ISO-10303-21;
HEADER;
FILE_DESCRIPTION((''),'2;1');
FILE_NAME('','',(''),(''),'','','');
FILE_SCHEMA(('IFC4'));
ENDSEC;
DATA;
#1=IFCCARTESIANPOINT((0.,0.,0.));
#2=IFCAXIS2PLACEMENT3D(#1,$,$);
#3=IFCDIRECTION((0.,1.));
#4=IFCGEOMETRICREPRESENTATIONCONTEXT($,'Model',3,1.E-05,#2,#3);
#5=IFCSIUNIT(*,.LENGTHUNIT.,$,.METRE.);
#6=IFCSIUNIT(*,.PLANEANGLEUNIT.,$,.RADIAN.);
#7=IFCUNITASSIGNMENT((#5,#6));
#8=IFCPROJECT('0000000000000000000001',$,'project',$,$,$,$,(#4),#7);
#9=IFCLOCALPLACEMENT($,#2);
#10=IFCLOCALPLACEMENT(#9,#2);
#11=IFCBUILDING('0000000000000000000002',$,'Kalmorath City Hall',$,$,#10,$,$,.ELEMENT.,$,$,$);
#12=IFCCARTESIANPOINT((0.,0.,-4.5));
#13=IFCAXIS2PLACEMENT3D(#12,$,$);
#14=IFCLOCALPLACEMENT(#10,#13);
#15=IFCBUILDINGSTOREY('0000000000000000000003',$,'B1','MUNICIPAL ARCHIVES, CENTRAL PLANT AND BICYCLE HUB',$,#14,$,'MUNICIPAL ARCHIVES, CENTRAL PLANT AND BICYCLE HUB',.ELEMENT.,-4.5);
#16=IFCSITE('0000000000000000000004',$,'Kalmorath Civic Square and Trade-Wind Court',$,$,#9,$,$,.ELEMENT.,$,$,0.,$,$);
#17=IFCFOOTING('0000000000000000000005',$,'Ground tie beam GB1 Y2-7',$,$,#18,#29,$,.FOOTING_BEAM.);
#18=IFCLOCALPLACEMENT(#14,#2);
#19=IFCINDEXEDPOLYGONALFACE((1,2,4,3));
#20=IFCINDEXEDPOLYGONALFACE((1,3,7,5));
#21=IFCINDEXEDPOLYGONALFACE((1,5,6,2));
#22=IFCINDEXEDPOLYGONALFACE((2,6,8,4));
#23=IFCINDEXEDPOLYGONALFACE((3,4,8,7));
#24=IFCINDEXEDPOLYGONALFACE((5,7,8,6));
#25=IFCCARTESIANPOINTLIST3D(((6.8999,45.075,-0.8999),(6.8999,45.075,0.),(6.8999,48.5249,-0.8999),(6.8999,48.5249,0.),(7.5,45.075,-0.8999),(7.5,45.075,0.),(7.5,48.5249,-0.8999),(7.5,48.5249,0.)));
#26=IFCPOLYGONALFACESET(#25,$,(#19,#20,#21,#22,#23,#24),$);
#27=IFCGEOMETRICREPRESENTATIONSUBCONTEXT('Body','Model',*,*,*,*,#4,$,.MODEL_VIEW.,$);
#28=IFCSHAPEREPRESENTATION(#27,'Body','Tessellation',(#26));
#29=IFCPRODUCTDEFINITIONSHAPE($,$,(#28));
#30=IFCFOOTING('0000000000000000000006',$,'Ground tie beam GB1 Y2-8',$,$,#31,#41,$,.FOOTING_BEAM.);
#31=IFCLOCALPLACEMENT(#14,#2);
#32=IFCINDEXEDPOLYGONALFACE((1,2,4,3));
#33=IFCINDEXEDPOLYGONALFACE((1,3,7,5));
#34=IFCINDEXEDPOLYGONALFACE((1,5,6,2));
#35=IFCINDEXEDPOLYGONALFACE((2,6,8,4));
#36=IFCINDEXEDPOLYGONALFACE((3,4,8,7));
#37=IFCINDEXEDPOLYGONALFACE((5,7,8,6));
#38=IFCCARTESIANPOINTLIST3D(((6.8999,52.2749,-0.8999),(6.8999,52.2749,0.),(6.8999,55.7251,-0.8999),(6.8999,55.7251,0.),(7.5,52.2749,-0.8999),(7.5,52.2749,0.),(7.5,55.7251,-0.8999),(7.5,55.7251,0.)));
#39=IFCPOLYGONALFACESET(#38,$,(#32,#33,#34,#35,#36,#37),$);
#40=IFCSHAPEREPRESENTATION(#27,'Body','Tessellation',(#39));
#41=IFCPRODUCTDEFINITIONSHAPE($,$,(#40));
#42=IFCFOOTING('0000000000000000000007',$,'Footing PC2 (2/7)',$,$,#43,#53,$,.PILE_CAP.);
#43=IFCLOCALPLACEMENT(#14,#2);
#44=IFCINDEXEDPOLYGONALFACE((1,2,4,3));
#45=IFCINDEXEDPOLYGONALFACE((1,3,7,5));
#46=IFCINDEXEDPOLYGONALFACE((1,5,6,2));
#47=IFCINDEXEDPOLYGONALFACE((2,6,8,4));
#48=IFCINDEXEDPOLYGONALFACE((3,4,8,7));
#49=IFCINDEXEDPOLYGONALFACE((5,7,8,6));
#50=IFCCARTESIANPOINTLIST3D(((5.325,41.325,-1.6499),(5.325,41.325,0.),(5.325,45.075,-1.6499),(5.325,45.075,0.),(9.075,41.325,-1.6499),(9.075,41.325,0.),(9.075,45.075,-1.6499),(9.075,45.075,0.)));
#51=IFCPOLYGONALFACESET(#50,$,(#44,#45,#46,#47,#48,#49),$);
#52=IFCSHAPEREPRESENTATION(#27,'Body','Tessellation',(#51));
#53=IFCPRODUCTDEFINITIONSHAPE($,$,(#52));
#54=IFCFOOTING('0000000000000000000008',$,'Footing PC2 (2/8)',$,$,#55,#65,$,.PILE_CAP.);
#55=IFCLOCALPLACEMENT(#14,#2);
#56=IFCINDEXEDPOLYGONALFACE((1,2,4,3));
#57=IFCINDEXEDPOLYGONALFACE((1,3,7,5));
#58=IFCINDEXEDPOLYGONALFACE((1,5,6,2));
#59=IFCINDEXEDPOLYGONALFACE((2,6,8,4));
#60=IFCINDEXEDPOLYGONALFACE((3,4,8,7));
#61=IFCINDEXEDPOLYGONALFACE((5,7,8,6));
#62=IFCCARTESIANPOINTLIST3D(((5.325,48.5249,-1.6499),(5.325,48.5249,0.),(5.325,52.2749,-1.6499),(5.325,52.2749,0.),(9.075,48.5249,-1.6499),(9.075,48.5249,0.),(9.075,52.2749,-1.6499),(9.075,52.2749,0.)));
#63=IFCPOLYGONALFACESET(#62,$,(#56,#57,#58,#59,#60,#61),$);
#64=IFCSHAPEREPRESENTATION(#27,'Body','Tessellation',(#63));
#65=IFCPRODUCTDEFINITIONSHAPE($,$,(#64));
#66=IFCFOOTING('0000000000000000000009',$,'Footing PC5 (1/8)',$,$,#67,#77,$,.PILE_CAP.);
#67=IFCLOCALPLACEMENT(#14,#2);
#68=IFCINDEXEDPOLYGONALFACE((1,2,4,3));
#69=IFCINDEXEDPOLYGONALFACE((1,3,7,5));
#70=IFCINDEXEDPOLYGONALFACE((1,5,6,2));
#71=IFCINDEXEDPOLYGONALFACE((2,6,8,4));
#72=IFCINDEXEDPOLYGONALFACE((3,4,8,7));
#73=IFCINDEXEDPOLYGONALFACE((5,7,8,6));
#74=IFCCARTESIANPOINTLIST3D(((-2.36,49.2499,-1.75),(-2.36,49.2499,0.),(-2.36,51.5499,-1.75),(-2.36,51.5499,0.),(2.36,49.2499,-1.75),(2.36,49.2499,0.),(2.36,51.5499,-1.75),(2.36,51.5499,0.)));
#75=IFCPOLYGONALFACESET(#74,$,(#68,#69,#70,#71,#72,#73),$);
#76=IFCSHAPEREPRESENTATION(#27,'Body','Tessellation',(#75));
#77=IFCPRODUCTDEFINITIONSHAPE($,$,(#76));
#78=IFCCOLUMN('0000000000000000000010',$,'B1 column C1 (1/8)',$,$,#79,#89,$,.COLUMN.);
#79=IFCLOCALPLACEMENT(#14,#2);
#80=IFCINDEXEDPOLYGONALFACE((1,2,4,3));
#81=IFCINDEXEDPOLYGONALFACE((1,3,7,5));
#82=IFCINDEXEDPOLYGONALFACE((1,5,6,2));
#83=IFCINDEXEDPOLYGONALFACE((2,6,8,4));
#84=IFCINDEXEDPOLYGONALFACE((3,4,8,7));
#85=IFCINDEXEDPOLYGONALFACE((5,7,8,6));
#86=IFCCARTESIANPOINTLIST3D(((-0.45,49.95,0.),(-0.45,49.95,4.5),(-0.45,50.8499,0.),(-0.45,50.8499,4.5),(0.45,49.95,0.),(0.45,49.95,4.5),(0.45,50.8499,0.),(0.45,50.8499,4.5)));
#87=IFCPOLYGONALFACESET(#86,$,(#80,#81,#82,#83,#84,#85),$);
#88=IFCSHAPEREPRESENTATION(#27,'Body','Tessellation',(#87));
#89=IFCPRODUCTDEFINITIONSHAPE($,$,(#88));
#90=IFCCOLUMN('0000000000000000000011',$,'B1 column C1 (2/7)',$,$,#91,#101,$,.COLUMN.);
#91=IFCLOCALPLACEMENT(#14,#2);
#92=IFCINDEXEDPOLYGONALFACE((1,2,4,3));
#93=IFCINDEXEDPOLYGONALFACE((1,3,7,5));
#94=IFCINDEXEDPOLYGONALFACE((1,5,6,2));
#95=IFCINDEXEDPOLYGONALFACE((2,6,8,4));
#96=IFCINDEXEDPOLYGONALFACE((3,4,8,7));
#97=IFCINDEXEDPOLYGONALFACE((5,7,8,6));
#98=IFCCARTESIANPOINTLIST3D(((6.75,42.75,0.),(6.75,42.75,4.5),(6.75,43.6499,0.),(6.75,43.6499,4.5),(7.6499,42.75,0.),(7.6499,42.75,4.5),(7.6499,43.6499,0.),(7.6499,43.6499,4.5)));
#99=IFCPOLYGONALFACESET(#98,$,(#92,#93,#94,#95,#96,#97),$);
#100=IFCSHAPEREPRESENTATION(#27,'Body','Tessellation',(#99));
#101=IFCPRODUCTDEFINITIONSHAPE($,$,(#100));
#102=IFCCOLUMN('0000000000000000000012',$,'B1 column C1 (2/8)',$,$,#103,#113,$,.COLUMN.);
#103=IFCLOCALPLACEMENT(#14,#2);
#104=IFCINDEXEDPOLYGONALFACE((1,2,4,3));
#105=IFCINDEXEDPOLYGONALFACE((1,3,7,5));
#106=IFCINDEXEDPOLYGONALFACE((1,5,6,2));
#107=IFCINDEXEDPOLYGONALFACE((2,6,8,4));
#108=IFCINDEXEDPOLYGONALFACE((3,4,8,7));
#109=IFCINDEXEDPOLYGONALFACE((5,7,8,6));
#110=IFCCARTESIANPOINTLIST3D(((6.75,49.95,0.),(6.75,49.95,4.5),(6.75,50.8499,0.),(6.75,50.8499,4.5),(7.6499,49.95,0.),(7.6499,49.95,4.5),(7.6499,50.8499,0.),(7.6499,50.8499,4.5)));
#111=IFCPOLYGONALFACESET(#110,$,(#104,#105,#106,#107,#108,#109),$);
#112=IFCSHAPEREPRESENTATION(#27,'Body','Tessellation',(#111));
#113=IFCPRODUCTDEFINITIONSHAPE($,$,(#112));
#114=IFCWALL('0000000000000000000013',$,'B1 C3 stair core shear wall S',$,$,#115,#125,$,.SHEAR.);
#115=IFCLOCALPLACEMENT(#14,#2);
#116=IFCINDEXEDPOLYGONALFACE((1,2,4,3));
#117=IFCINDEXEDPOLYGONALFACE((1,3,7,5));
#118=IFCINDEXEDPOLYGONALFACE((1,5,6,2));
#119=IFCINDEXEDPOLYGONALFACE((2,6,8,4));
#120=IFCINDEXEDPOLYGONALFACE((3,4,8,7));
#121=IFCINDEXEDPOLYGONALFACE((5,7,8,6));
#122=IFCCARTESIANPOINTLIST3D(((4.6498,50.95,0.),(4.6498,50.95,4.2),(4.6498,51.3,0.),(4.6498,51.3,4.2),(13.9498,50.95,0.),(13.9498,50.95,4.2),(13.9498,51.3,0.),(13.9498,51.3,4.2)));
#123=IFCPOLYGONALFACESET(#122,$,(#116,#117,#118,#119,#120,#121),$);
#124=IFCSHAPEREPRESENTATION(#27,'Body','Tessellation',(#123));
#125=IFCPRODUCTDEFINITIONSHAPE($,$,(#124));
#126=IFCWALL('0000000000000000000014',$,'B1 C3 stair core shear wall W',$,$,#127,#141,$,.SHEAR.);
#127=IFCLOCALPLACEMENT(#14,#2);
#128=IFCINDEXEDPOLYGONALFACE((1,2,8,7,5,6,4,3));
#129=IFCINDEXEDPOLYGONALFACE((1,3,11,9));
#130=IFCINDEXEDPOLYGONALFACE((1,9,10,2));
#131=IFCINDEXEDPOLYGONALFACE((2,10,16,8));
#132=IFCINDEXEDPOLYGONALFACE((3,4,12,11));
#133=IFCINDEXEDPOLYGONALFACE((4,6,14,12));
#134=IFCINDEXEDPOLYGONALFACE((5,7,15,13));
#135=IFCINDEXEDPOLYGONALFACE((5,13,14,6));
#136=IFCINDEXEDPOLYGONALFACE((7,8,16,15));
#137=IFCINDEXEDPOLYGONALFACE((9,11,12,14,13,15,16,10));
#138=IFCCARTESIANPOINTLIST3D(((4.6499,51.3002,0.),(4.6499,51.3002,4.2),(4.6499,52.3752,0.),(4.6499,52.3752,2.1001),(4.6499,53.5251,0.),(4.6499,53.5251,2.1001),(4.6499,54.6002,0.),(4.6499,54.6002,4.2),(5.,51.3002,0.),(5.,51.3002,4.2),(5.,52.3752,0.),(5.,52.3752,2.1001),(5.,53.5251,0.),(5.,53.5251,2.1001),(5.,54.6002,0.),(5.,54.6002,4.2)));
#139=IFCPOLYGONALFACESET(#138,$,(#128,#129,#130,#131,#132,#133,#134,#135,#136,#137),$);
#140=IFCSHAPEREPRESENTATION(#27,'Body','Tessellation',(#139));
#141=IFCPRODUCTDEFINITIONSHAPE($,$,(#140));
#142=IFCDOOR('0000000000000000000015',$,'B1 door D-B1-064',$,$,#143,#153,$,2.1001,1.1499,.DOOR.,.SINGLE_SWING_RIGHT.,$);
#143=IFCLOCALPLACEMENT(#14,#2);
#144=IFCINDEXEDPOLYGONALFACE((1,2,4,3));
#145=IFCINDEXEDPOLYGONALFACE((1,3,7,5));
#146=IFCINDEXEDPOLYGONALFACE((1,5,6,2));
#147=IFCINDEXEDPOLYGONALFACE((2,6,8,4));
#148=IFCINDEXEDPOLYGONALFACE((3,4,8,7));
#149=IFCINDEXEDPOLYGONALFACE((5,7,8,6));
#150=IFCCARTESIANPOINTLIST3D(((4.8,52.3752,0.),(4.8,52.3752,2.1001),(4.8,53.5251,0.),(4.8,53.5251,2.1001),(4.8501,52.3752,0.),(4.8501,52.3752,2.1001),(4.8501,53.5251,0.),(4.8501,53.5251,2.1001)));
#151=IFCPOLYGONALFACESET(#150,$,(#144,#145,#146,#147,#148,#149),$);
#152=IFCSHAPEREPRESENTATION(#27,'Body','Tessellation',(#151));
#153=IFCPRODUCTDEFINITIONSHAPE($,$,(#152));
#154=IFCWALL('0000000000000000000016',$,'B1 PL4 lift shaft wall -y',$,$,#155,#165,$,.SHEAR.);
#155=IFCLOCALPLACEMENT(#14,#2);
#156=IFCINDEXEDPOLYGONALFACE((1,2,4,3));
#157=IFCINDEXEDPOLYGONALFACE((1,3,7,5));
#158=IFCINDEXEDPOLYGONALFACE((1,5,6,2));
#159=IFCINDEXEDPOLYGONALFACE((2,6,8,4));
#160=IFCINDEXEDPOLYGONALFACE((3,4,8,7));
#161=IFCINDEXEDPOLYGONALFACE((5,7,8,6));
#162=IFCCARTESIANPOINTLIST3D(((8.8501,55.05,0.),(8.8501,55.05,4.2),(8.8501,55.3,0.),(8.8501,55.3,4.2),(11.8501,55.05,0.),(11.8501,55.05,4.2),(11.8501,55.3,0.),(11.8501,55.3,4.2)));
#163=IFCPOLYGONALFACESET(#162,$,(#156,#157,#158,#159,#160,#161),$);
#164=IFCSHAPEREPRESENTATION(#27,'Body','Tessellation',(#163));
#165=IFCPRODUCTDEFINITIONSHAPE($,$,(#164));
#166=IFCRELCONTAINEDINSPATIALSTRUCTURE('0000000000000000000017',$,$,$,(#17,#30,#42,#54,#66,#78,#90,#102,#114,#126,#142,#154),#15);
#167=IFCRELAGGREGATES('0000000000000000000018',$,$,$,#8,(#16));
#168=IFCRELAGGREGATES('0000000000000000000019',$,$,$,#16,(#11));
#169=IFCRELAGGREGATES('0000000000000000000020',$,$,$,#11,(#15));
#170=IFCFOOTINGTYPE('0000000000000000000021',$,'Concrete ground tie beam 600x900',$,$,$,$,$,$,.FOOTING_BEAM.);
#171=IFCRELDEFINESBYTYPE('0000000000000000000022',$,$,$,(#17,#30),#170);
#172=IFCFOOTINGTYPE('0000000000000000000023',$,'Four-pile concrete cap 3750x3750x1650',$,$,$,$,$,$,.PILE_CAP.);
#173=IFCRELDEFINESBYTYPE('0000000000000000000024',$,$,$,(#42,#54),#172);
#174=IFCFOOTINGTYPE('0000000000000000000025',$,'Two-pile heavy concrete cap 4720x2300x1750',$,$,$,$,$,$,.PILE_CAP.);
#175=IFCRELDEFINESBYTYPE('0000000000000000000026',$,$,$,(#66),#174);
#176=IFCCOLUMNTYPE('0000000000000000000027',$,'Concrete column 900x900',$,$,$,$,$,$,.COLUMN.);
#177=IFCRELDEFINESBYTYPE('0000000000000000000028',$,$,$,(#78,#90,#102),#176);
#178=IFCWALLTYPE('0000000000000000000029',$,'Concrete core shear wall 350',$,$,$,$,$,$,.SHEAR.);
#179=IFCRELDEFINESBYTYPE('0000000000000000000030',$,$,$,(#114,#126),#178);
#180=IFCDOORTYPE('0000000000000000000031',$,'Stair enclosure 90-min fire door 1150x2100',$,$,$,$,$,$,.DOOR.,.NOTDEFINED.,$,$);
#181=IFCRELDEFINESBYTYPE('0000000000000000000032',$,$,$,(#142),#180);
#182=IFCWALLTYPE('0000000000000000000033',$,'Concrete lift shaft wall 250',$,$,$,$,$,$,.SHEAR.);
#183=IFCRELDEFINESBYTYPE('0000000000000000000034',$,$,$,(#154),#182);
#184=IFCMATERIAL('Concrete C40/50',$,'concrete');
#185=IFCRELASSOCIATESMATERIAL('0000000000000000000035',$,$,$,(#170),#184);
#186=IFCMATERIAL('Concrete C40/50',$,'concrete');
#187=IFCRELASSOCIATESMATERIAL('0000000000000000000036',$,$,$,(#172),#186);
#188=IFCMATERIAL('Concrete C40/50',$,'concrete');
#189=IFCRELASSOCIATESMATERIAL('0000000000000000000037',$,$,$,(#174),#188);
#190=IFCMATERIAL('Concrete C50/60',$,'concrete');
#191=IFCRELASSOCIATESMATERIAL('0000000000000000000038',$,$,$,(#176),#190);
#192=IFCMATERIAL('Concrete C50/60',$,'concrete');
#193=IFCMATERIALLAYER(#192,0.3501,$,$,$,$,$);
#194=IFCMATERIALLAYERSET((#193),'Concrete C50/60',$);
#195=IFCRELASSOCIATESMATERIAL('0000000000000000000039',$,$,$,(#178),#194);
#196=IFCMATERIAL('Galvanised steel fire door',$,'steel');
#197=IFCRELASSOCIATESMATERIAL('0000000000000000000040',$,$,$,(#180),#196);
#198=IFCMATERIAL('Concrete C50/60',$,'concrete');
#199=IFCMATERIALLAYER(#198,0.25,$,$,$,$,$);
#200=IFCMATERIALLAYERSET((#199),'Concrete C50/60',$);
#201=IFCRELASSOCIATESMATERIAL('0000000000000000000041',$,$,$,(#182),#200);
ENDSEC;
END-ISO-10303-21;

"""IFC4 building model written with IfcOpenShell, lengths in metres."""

from ifc_helpers import new_model, si_unit, direction, frame, frame_2d, origin, origin_2d, place, context, subcontext, project, spatial, rectangle, extrude, material, layer, layer_set, material_profile, profile_set, type_object, element, fill, save


model = new_model("IFC4")

# Units and contexts
model_context = context("Model", 3, precision=1e-05, world=origin(), true_north=direction((0.0, 1.0)))
body_context = subcontext(model_context, "Body", "Model", "MODEL_VIEW")
ifc_project = project(units=[si_unit("LENGTHUNIT", "METRE"), si_unit("PLANEANGLEUNIT", "RADIAN")], contexts=[model_context])

# Site, building, storey
site_placement = place(None, origin())
site = spatial("IfcSite", under=ifc_project, at=site_placement, Name="Kalmorath Civic Square and Trade-Wind Court", CompositionType="ELEMENT", RefElevation=0.0)
building_placement = place(site_placement, origin())
building = spatial("IfcBuilding", under=site, at=building_placement, Name="Kalmorath City Hall", CompositionType="ELEMENT")
storey_placement = place(building_placement, frame((0.0, 0.0, -4.5)))
storey = spatial("IfcBuildingStorey", under=building, at=storey_placement, Name="B1", Description="MUNICIPAL ARCHIVES, CENTRAL PLANT AND BICYCLE HUB", LongName="MUNICIPAL ARCHIVES, CENTRAL PLANT AND BICYCLE HUB", CompositionType="ELEMENT", Elevation=-4.5)

# Footings
ifc_material_1 = material(Name="Concrete C40/50", Category="concrete")
ifc_material_profile_1 = material_profile(ifc_material_1, rectangle(XDim=0.6001, YDim=0.8999, at=origin_2d()), Name="RC-BM-600X900")
ifc_profile_set_1 = profile_set([ifc_material_profile_1], Name="Concrete C40/50")
footing_type_1 = type_object("IfcFootingType", Name="Concrete ground tie beam 600x900", PredefinedType="FOOTING_BEAM", material=ifc_profile_set_1)
for number, where, z_axis, x_axis, name in (
    (1, (7.2, 45.075, -0.45), (0.0, 1.0, 0.0), (-1.0, 0.0, 0.0), "Ground tie beam GB1 Y2-7"),
):
    element("IfcFooting", number, at=place(storey_placement, frame(where, z_axis=z_axis, x_axis=x_axis)), inside=storey, type_object=footing_type_1, Name=name, PredefinedType="FOOTING_BEAM", context=body_context, shape_type="SweptSolid", body=[
        extrude(rectangle(XDim=0.6001, YDim=0.8999, at=origin_2d()), origin(), (0.0, 0.0, 1.0), 3.45),
    ])
footing_1_placement = place(storey_placement, frame((7.2, 52.2749, -0.45), z_axis=(0.0, 1.0, 0.0), x_axis=(-1.0, 0.0, 0.0)))
element("IfcFooting", 2, at=footing_1_placement, inside=storey, type_object=footing_type_1, Name="Ground tie beam GB1 Y2-8", PredefinedType="FOOTING_BEAM", context=body_context, shape_type="SweptSolid", body=[
    extrude(rectangle(XDim=0.6001, YDim=0.8999, at=origin_2d()), origin(), (0.0, 0.0, 1.0), 3.4502),
])
ifc_material_2 = material(Name="Concrete C40/50", Category="concrete")
footing_type_2 = type_object("IfcFootingType", Name="Four-pile concrete cap 3750x3750x1650", PredefinedType="PILE_CAP", material=ifc_material_2)
for number, where, z_axis, x_axis, name in (
    (3, (7.2, 43.2, -1.6499), (0.0, 0.0, 1.0), (1.0, 0.0, 0.0), "Footing PC2 (2/7)"),
    (4, (7.2, 50.3999, -1.6499), (0.0, 0.0, 1.0), (1.0, 0.0, 0.0), "Footing PC2 (2/8)"),
):
    element("IfcFooting", number, at=place(storey_placement, frame(where, z_axis=z_axis, x_axis=x_axis)), inside=storey, type_object=footing_type_2, Name=name, PredefinedType="PILE_CAP", context=body_context, shape_type="SweptSolid", body=[
        extrude(rectangle(XDim=3.75, YDim=3.75, at=origin_2d()), origin(), (0.0, 0.0, 1.0), 1.6499),
    ])
ifc_material_3 = material(Name="Concrete C40/50", Category="concrete")
footing_type_3 = type_object("IfcFootingType", Name="Two-pile heavy concrete cap 4720x2300x1750", PredefinedType="PILE_CAP", material=ifc_material_3)
footing_2_placement = place(storey_placement, frame((0.0, 50.3999, -1.75), z_axis=(0.0, 0.0, 1.0), x_axis=(1.0, 0.0, 0.0)))
element("IfcFooting", 5, at=footing_2_placement, inside=storey, type_object=footing_type_3, Name="Footing PC5 (1/8)", PredefinedType="PILE_CAP", context=body_context, shape_type="SweptSolid", body=[
    extrude(rectangle(XDim=4.72, YDim=2.3, at=origin_2d()), origin(), (0.0, 0.0, 1.0), 1.75),
])

# Columns
ifc_material_4 = material(Name="Concrete C50/60", Category="concrete")
ifc_material_profile_2 = material_profile(ifc_material_4, rectangle(XDim=0.8999, YDim=0.8999, at=origin_2d()), Name="RC-COL-900X900")
ifc_profile_set_2 = profile_set([ifc_material_profile_2], Name="Concrete C50/60")
column_type = type_object("IfcColumnType", Name="Concrete column 900x900", PredefinedType="COLUMN", material=ifc_profile_set_2)
for number, where, z_axis, x_axis, name in (
    (6, (0.0, 50.3999, 0.0), (0.0, 0.0, 1.0), (1.0, 0.0, 0.0), "B1 column C1 (1/8)"),
    (7, (7.2, 43.2, 0.0), (0.0, 0.0, 1.0), (1.0, 0.0, 0.0), "B1 column C1 (2/7)"),
    (8, (7.2, 50.3999, 0.0), (0.0, 0.0, 1.0), (1.0, 0.0, 0.0), "B1 column C1 (2/8)"),
):
    element("IfcColumn", number, at=place(storey_placement, frame(where, z_axis=z_axis, x_axis=x_axis)), inside=storey, type_object=column_type, Name=name, PredefinedType="COLUMN", context=body_context, shape_type="SweptSolid", body=[
        extrude(rectangle(XDim=0.8999, YDim=0.8999, at=origin_2d()), origin(), (0.0, 0.0, 1.0), 4.5),
    ])

# Wall
ifc_material_5 = material(Name="Concrete C50/60", Category="concrete")
ifc_layer_1 = layer(ifc_material_5, 0.3501)
ifc_layer_set_1 = layer_set([ifc_layer_1], Name="Concrete C50/60")
wall_type_1 = type_object("IfcWallType", Name="Concrete core shear wall 350", PredefinedType="SHEAR", material=ifc_layer_set_1)
wall_1_placement = place(storey_placement, frame((4.6499, 51.125, 0.0), z_axis=(0.0, 0.0, 1.0), x_axis=(1.0, 0.0, 0.0)))
element("IfcWall", 9, at=wall_1_placement, inside=storey, type_object=wall_type_1, Name="B1 C3 stair core shear wall S", PredefinedType="SHEAR", context=body_context, shape_type="SweptSolid", body=[
    extrude(rectangle(XDim=9.3, YDim=0.3501, at=frame_2d((4.6499, 0.0))), origin(), (0.0, 0.0, 1.0), 4.2),
])

# Wall, opening, door
wall_2_placement = place(storey_placement, frame((4.825, 54.6001, 0.0), z_axis=(0.0, 0.0, 1.0), x_axis=(0.0, -1.0, 0.0)))
wall_2 = element("IfcWall", 10, at=wall_2_placement, inside=storey, type_object=wall_type_1, Name="B1 C3 stair core shear wall W", PredefinedType="SHEAR", context=body_context, shape_type="SweptSolid", body=[
    extrude(rectangle(XDim=3.3, YDim=0.3501, at=frame_2d((1.6499, 0.0))), origin(), (0.0, 0.0, 1.0), 4.2),
])
opening_placement = place(wall_2_placement, frame((1.075, 0.0, 0.0)))
opening = element("IfcOpeningElement", 11, at=opening_placement, cuts=wall_2, PredefinedType="OPENING", context=body_context, shape_type="SweptSolid", body=[
    extrude(rectangle(XDim=1.1499, YDim=2.1001, at=frame_2d((0.575, 1.05))), frame((0.0, 0.1851, 0.0), z_axis=(0.0, -1.0, 0.0), x_axis=(1.0, 0.0, 0.0)), (0.0, 0.0, 1.0), 0.3701),
])
ifc_material_6 = material(Name="Galvanised steel fire door", Category="steel")
door_type = type_object("IfcDoorType", Name="Stair enclosure 90-min fire door 1150x2100", OperationType="NOTDEFINED", PredefinedType="DOOR", material=ifc_material_6)
door_placement = place(opening_placement, frame((1.1499, 0.0, 0.0), z_axis=(0.0, 0.0, 1.0), x_axis=(-1.0, 0.0, 0.0)))
door = element("IfcDoor", 12, at=door_placement, inside=storey, type_object=door_type, Name="B1 door D-B1-064", OperationType="SINGLE_SWING_RIGHT", OverallHeight=2.1001, OverallWidth=1.1499, PredefinedType="DOOR", context=body_context, shape_type="SweptSolid", body=[
    extrude(rectangle(XDim=1.1499, YDim=2.1001, at=frame_2d((0.575, 1.05))), frame((0.0, 0.0249, 0.0), z_axis=(0.0, -1.0, 0.0), x_axis=(1.0, 0.0, 0.0)), (0.0, 0.0, 1.0), 0.05),
])
fill(opening, door)

# Wall
ifc_material_7 = material(Name="Concrete C50/60", Category="concrete")
ifc_layer_2 = layer(ifc_material_7, 0.25)
ifc_layer_set_2 = layer_set([ifc_layer_2], Name="Concrete C50/60")
wall_type_2 = type_object("IfcWallType", Name="Concrete lift shaft wall 250", PredefinedType="SHEAR", material=ifc_layer_set_2)
wall_3_placement = place(storey_placement, frame((8.8501, 55.175, 0.0), z_axis=(0.0, 0.0, 1.0), x_axis=(1.0, 0.0, 0.0)))
element("IfcWall", 13, at=wall_3_placement, inside=storey, type_object=wall_type_2, Name="B1 PL4 lift shaft wall -y", PredefinedType="SHEAR", context=body_context, shape_type="SweptSolid", body=[
    extrude(rectangle(XDim=3.0, YDim=0.25, at=frame_2d((1.5, 0.0))), origin(), (0.0, 0.0, 1.0), 4.2),
])

save(model, "model.ifc")
